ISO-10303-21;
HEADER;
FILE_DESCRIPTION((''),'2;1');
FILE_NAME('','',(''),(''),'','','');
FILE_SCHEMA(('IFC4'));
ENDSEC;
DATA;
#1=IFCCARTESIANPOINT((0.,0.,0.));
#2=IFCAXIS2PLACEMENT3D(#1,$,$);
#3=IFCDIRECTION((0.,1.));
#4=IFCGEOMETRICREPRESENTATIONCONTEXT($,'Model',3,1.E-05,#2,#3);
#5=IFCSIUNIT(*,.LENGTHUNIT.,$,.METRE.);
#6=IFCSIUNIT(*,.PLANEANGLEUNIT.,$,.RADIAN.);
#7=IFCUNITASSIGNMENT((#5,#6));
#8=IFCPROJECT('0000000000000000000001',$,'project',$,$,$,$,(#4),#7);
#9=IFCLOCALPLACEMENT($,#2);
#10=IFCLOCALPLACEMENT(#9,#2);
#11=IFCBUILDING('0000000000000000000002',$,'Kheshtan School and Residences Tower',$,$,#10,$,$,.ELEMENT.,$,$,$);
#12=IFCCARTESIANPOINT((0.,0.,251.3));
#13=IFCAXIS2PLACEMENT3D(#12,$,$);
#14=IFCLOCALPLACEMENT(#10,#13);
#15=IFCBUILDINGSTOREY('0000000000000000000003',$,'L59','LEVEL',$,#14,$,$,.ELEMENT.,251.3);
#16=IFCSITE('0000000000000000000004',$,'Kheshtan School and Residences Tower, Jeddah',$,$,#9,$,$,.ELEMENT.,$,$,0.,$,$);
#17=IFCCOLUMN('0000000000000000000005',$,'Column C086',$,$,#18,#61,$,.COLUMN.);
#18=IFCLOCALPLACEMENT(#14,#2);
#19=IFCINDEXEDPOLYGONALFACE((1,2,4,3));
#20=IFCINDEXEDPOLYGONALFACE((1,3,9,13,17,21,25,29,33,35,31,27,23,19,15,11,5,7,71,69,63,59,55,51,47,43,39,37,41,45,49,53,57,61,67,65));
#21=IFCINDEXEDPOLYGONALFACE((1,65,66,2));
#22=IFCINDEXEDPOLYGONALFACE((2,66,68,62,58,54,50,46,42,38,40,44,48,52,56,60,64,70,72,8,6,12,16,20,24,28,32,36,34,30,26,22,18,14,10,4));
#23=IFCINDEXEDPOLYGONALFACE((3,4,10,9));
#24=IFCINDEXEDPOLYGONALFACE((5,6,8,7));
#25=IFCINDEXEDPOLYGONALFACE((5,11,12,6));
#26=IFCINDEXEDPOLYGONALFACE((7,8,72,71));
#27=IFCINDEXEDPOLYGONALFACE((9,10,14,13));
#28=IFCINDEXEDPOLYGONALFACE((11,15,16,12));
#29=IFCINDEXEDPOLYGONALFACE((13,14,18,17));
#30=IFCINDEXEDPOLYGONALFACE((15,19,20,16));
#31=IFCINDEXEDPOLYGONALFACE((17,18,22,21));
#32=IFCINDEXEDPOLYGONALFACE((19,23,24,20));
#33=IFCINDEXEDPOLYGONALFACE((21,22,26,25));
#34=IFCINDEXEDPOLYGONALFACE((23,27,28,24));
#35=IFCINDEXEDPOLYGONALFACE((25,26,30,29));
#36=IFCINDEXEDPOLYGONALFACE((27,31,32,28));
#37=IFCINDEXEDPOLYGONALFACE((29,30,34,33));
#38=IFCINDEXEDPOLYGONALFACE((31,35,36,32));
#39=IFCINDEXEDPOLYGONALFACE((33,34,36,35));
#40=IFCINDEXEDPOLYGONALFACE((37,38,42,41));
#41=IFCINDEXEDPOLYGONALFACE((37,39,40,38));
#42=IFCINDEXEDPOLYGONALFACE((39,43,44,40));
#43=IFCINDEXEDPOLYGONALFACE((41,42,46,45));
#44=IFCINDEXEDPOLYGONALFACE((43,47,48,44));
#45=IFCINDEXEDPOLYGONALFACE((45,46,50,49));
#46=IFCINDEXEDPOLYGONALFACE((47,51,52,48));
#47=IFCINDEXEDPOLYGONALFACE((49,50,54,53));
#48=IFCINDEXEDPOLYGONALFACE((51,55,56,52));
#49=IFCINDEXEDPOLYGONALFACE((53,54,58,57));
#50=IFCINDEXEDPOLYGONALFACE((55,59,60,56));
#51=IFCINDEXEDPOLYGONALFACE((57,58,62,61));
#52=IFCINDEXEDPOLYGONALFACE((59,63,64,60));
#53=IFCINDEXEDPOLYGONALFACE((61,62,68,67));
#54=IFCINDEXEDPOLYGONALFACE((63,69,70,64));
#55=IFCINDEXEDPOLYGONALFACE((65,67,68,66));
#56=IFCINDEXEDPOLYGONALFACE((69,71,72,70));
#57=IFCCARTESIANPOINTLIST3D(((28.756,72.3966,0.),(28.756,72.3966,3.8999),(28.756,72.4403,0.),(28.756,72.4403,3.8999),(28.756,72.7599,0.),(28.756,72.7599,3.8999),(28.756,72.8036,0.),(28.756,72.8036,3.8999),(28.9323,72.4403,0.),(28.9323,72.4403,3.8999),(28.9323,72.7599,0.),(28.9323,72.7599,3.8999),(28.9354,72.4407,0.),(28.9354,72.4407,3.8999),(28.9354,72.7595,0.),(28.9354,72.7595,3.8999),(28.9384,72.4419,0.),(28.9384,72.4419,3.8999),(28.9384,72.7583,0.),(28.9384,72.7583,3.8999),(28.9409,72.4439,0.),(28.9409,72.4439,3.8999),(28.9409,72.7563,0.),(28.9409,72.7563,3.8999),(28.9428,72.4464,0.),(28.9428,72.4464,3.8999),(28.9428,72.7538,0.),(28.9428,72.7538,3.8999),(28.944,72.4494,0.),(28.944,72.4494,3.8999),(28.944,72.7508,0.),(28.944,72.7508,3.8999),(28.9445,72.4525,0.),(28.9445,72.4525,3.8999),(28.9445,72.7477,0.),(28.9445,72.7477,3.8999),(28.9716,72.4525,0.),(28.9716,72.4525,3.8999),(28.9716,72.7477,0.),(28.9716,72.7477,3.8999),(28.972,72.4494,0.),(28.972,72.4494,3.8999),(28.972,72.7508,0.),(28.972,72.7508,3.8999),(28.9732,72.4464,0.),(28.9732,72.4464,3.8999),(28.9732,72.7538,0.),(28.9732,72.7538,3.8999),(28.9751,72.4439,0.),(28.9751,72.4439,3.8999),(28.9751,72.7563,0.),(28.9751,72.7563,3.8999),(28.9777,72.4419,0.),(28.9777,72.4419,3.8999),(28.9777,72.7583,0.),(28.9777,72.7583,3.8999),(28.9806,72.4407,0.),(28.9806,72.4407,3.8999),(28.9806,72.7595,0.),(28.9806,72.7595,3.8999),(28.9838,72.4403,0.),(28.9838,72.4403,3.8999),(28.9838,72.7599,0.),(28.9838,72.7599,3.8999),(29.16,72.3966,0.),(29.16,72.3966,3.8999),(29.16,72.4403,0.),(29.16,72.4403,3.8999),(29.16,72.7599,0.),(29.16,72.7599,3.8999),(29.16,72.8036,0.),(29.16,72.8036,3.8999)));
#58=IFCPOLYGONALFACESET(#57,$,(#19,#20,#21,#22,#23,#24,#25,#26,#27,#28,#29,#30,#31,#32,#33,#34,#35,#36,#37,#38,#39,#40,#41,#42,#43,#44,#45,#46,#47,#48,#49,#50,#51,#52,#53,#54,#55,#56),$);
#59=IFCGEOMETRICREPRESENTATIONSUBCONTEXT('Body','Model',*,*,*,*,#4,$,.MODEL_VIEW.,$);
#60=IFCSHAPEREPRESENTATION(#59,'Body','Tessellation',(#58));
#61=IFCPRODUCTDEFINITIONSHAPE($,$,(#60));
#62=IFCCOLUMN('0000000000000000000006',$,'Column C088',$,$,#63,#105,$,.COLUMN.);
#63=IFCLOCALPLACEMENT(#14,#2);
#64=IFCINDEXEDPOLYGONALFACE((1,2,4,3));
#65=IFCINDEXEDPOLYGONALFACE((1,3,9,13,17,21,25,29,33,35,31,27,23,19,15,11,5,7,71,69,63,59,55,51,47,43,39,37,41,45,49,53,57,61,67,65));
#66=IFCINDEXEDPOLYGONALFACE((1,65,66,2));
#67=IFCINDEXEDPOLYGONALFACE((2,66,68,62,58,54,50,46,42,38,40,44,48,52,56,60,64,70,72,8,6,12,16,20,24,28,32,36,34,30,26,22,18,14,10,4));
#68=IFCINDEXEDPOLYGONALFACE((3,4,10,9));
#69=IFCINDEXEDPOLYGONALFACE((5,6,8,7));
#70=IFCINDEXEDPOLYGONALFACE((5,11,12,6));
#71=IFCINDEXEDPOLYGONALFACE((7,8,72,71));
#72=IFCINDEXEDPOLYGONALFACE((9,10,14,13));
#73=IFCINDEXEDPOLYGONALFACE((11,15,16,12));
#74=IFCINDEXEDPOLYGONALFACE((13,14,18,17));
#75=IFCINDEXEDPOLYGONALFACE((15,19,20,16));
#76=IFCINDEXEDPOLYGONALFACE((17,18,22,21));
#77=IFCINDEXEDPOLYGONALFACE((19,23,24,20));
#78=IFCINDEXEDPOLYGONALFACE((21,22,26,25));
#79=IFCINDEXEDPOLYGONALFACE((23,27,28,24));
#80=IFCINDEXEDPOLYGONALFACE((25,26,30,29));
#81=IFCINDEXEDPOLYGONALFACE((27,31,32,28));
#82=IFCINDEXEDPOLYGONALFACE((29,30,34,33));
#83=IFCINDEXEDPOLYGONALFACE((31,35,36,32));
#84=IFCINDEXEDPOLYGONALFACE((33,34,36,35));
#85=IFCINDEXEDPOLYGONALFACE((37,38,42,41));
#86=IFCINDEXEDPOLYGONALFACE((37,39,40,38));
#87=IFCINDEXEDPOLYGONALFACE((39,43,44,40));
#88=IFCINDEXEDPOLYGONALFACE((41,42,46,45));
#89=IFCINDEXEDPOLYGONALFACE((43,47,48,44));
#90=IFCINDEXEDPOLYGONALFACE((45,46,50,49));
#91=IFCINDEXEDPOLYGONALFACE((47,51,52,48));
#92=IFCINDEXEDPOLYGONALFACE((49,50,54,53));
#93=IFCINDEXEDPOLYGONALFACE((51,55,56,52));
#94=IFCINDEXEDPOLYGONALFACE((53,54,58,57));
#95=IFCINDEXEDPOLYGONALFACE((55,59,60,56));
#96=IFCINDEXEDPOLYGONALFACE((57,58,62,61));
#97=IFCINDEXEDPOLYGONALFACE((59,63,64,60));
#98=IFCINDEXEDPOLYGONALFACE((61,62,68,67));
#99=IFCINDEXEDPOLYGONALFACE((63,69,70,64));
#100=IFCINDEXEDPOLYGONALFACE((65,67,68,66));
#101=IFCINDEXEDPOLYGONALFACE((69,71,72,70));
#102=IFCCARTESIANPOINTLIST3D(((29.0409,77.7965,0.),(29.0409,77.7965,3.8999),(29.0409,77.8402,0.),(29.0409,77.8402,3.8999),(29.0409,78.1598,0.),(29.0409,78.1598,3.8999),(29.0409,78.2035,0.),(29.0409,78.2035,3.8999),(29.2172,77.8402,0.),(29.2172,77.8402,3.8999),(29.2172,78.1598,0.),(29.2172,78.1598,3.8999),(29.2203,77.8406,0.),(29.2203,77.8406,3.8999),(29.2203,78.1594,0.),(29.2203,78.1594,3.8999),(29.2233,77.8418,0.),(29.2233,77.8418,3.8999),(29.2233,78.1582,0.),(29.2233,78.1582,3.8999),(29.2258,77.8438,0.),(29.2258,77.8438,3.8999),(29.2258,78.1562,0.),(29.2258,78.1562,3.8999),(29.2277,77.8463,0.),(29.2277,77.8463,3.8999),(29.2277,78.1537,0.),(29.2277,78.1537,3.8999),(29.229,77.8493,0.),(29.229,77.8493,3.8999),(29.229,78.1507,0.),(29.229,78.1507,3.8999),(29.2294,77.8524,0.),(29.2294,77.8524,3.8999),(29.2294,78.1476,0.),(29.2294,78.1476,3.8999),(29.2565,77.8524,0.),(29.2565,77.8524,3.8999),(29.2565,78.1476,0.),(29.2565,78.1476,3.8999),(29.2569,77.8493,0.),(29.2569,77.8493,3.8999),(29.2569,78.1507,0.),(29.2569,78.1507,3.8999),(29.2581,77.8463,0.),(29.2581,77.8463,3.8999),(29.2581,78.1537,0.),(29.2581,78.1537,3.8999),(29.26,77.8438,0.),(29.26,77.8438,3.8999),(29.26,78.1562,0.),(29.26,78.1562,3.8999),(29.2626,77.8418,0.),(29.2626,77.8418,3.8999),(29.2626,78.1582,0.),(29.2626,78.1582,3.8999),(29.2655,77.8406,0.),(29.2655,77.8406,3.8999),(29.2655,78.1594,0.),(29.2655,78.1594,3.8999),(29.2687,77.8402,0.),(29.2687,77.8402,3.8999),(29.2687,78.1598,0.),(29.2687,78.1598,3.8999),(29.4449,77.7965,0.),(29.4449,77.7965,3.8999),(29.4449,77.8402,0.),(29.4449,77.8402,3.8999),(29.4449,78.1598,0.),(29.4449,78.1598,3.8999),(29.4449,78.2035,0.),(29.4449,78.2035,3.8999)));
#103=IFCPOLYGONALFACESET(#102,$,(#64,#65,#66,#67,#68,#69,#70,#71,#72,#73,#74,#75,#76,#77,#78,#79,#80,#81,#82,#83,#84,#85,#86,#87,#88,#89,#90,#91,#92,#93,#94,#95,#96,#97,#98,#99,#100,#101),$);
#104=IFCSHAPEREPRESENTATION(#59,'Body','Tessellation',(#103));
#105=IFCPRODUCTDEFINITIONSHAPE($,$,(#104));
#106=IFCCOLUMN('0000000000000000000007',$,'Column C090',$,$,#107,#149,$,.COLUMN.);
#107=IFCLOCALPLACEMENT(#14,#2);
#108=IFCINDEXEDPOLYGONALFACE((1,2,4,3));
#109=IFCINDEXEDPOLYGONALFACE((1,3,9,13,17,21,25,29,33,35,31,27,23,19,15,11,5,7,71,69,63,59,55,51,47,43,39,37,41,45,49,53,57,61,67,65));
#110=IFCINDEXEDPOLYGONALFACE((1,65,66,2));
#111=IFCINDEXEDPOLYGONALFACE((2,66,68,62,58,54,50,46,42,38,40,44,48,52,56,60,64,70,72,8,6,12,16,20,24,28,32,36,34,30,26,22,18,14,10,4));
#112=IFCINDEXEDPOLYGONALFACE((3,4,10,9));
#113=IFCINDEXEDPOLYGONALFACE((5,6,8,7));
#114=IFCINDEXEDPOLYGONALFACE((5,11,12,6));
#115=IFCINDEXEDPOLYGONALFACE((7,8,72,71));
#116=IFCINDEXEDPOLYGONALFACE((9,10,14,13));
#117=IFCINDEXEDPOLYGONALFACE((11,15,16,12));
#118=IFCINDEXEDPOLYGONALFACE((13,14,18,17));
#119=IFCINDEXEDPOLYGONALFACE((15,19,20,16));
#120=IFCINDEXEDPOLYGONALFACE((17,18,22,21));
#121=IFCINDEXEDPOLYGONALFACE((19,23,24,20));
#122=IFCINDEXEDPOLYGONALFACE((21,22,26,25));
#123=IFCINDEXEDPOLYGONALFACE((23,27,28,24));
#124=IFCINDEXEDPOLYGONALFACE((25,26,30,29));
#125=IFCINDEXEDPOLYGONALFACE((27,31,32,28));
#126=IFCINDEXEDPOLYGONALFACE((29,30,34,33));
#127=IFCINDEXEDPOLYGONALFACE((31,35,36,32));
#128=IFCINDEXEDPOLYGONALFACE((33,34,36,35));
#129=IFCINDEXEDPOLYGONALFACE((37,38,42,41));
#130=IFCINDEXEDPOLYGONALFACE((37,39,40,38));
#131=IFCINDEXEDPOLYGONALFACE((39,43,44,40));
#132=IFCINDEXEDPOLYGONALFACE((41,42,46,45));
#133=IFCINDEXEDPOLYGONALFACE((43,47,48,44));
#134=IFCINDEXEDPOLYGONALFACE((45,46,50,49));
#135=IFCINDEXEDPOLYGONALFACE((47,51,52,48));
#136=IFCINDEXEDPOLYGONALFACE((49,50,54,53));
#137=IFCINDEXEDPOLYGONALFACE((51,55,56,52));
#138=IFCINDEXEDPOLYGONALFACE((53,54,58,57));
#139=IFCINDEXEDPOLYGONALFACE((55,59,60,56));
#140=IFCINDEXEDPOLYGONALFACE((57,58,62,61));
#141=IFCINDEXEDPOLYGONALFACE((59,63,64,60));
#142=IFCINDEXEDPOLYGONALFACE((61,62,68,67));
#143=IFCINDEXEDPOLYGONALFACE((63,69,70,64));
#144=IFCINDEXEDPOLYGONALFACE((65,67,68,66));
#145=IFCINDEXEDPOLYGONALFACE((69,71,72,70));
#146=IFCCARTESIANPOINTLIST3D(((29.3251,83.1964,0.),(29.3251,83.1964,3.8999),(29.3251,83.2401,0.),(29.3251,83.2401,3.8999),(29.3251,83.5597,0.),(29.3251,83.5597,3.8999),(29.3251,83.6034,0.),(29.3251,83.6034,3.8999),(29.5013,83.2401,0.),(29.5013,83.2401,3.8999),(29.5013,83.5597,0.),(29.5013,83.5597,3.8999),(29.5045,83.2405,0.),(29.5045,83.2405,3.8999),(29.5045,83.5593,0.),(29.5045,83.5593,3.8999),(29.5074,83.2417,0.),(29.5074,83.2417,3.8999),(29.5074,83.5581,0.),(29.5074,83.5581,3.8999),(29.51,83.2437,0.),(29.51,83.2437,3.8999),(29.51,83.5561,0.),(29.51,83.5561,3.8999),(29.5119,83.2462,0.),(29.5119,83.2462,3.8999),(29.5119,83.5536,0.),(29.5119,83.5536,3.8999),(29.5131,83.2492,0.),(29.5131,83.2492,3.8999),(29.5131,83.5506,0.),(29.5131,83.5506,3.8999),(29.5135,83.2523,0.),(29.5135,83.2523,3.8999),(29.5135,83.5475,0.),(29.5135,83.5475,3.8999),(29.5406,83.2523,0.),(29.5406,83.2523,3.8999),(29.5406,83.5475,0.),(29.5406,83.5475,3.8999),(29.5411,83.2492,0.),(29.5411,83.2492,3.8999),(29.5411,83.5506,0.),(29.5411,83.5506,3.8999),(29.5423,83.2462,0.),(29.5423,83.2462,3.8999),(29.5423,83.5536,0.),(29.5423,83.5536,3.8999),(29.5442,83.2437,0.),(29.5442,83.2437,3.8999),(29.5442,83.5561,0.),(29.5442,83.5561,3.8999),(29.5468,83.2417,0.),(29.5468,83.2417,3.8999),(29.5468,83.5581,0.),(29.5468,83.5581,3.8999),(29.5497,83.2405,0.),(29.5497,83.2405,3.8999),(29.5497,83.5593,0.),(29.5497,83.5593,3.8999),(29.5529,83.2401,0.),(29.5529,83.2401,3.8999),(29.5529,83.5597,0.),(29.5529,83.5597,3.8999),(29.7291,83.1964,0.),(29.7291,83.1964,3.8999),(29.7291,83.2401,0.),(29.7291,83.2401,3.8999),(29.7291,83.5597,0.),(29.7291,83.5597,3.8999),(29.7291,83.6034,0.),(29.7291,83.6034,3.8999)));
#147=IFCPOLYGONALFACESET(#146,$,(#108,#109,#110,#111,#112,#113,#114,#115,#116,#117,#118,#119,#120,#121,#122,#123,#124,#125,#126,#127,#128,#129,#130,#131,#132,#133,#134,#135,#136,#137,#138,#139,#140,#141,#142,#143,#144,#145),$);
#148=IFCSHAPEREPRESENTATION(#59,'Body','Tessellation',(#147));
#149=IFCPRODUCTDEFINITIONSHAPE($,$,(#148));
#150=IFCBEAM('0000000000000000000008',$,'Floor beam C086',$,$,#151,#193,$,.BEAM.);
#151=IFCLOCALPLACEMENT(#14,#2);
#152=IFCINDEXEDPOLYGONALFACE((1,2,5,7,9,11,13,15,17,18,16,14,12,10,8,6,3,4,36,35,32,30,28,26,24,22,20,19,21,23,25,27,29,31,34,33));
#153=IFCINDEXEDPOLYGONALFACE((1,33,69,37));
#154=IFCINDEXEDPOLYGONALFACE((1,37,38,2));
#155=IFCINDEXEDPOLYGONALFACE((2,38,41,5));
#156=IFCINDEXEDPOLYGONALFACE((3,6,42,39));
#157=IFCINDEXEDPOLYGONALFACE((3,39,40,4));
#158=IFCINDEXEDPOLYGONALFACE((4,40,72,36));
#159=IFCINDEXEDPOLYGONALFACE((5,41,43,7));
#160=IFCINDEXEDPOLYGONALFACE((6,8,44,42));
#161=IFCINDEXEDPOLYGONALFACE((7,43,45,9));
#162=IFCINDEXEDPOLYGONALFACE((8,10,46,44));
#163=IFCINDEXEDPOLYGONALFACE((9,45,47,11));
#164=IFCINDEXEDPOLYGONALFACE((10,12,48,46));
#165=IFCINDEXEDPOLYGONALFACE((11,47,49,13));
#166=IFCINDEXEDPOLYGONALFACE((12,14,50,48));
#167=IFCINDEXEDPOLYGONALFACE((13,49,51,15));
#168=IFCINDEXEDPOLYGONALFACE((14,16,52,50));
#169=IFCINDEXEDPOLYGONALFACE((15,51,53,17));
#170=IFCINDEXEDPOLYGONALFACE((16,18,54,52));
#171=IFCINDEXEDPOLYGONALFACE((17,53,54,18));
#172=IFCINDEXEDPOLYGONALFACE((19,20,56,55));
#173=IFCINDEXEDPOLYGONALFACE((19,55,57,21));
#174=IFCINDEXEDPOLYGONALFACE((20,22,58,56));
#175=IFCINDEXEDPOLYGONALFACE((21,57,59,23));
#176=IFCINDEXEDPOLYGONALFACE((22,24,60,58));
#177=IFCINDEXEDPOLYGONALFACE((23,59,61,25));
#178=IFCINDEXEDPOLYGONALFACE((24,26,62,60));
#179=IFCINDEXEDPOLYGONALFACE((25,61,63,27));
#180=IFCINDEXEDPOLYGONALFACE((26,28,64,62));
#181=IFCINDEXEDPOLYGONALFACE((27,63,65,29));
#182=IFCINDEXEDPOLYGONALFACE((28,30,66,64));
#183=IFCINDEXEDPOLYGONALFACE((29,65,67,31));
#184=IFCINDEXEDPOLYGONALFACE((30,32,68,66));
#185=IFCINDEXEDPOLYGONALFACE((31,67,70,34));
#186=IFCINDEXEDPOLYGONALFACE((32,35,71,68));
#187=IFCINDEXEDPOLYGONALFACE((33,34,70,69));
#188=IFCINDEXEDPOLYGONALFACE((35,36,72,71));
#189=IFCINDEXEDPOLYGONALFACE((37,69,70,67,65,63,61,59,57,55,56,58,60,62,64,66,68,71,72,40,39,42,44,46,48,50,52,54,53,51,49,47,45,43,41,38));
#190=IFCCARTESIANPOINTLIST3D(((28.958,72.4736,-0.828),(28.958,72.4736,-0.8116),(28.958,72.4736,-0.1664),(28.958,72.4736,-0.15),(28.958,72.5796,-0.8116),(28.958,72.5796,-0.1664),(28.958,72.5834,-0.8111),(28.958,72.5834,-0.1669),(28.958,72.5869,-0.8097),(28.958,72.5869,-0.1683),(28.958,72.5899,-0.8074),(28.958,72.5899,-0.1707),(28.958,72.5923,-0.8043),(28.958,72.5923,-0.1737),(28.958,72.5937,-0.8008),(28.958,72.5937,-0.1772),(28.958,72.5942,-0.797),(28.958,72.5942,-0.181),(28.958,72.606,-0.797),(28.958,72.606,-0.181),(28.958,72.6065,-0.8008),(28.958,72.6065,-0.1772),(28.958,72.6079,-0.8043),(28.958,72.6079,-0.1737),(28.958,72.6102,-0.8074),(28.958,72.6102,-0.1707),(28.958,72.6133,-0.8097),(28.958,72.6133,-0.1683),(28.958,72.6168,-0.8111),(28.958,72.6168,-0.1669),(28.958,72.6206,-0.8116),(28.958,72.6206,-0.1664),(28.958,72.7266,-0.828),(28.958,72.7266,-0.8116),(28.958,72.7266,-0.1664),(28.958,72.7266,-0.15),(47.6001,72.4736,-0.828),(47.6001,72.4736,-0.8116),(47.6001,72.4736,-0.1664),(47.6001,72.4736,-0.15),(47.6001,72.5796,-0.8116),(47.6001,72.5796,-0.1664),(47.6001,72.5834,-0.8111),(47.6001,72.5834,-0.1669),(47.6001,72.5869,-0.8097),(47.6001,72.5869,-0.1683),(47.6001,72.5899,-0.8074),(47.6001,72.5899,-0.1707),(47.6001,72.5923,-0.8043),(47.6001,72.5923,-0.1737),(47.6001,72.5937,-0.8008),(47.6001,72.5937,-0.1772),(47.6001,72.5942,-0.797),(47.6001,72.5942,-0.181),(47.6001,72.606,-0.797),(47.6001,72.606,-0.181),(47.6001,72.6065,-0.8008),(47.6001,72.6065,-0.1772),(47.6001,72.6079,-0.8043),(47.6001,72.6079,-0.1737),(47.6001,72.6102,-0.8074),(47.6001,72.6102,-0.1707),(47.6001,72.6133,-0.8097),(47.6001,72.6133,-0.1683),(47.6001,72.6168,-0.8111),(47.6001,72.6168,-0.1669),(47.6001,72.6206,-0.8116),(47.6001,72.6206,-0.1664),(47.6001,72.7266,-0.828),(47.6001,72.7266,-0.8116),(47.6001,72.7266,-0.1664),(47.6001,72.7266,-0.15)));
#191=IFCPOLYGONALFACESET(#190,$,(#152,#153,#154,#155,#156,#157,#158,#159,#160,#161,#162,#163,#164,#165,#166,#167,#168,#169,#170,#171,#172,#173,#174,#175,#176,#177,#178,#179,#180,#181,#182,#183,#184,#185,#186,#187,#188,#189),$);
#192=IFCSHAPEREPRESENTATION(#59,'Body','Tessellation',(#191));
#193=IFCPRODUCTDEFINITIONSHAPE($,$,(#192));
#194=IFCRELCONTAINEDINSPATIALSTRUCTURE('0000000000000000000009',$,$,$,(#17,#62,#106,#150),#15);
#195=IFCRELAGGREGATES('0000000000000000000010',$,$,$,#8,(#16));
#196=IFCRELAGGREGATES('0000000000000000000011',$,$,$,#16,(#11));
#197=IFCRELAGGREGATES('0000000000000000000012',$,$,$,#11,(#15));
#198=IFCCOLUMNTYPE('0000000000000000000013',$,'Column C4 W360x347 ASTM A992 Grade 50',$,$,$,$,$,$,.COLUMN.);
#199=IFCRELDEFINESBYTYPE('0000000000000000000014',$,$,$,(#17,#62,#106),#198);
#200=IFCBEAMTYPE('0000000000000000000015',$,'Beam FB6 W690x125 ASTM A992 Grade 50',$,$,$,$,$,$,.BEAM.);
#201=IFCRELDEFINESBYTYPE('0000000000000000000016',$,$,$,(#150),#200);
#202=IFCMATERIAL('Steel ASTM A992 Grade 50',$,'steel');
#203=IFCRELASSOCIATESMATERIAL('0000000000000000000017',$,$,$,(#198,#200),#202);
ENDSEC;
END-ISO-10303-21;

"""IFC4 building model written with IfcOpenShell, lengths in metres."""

from ifc_helpers import new_model, si_unit, direction, frame, origin, origin_2d, place, context, subcontext, project, spatial, i_section, extrude, material, material_profile, profile_set, type_object, element, save


model = new_model("IFC4")

# Units and contexts
model_context = context("Model", 3, precision=1e-05, world=origin(), true_north=direction((0.0, 1.0)))
body_context = subcontext(model_context, "Body", "Model", "MODEL_VIEW")
ifc_project = project(units=[si_unit("LENGTHUNIT", "METRE"), si_unit("PLANEANGLEUNIT", "RADIAN")], contexts=[model_context])

# Site, building, storey
site_placement = place(None, origin())
site = spatial("IfcSite", under=ifc_project, at=site_placement, Name="Kheshtan School and Residences Tower, Jeddah", CompositionType="ELEMENT", RefElevation=0.0)
building_placement = place(site_placement, origin())
building = spatial("IfcBuilding", under=site, at=building_placement, Name="Kheshtan School and Residences Tower", CompositionType="ELEMENT")
storey_placement = place(building_placement, frame((0.0, 0.0, 251.3)))
storey = spatial("IfcBuildingStorey", under=building, at=storey_placement, Name="L59", Description="LEVEL", CompositionType="ELEMENT", Elevation=251.3)

# Columns
ifc_material_1 = material(Name="Steel ASTM A992 Grade 50", Category="steel")
ifc_material_profile_1 = material_profile(ifc_material_1, i_section(OverallWidth=0.4041, OverallDepth=0.407, WebThickness=0.0271, FlangeThickness=0.0437, FilletRadius=0.0122, at=origin_2d()), Name="W360x347")
ifc_profile_set_1 = profile_set([ifc_material_profile_1], Name="Steel ASTM A992 Grade 50")
column_type = type_object("IfcColumnType", Name="Column C4 W360x347 ASTM A992 Grade 50", PredefinedType="COLUMN", material=ifc_profile_set_1)
for number, where, z_axis, x_axis, name in (
    (1, (28.958, 72.6001, 0.0), (0.0, 0.0, 1.0), (1.0, 0.0, 0.0), "Column C086"),
    (2, (29.2429, 78.0, 0.0), (0.0, 0.0, 1.0), (1.0, 0.0, 0.0), "Column C088"),
    (3, (29.5271, 83.3999, 0.0), (0.0, 0.0, 1.0), (1.0, 0.0, 0.0), "Column C090"),
):
    element("IfcColumn", number, at=place(storey_placement, frame(where, z_axis=z_axis, x_axis=x_axis)), inside=storey, type_object=column_type, Name=name, PredefinedType="COLUMN", context=body_context, shape_type="SweptSolid", body=[
        extrude(i_section(OverallWidth=0.4041, OverallDepth=0.407, WebThickness=0.0271, FlangeThickness=0.0437, FilletRadius=0.0122, at=origin_2d()), origin(), (0.0, 0.0, 1.0), 3.8999),
    ])

# Beam
ifc_material_profile_2 = material_profile(ifc_material_1, i_section(OverallWidth=0.2529, OverallDepth=0.678, WebThickness=0.0117, FlangeThickness=0.0164, FilletRadius=0.0146, at=origin_2d()), Name="W690x125")
ifc_profile_set_2 = profile_set([ifc_material_profile_2], Name="Steel ASTM A992 Grade 50")
beam_type_1 = type_object("IfcBeamType", Name="Beam FB6 W690x125 ASTM A992 Grade 50", PredefinedType="BEAM", material=ifc_profile_set_2)
beam_1_placement = place(storey_placement, frame((28.958, 72.6001, -0.489), z_axis=(1.0, 0.0, 0.0), x_axis=(0.0, 1.0, 0.0)))
element("IfcBeam", 4, at=beam_1_placement, inside=storey, type_object=beam_type_1, Name="Floor beam C086", PredefinedType="BEAM", context=body_context, shape_type="SweptSolid", body=[
    extrude(i_section(OverallWidth=0.2529, OverallDepth=0.678, WebThickness=0.0117, FlangeThickness=0.0164, FilletRadius=0.0146, at=origin_2d()), origin(), (0.0, 0.0, 1.0), 18.6421),
])

save(model, "model.ifc")
